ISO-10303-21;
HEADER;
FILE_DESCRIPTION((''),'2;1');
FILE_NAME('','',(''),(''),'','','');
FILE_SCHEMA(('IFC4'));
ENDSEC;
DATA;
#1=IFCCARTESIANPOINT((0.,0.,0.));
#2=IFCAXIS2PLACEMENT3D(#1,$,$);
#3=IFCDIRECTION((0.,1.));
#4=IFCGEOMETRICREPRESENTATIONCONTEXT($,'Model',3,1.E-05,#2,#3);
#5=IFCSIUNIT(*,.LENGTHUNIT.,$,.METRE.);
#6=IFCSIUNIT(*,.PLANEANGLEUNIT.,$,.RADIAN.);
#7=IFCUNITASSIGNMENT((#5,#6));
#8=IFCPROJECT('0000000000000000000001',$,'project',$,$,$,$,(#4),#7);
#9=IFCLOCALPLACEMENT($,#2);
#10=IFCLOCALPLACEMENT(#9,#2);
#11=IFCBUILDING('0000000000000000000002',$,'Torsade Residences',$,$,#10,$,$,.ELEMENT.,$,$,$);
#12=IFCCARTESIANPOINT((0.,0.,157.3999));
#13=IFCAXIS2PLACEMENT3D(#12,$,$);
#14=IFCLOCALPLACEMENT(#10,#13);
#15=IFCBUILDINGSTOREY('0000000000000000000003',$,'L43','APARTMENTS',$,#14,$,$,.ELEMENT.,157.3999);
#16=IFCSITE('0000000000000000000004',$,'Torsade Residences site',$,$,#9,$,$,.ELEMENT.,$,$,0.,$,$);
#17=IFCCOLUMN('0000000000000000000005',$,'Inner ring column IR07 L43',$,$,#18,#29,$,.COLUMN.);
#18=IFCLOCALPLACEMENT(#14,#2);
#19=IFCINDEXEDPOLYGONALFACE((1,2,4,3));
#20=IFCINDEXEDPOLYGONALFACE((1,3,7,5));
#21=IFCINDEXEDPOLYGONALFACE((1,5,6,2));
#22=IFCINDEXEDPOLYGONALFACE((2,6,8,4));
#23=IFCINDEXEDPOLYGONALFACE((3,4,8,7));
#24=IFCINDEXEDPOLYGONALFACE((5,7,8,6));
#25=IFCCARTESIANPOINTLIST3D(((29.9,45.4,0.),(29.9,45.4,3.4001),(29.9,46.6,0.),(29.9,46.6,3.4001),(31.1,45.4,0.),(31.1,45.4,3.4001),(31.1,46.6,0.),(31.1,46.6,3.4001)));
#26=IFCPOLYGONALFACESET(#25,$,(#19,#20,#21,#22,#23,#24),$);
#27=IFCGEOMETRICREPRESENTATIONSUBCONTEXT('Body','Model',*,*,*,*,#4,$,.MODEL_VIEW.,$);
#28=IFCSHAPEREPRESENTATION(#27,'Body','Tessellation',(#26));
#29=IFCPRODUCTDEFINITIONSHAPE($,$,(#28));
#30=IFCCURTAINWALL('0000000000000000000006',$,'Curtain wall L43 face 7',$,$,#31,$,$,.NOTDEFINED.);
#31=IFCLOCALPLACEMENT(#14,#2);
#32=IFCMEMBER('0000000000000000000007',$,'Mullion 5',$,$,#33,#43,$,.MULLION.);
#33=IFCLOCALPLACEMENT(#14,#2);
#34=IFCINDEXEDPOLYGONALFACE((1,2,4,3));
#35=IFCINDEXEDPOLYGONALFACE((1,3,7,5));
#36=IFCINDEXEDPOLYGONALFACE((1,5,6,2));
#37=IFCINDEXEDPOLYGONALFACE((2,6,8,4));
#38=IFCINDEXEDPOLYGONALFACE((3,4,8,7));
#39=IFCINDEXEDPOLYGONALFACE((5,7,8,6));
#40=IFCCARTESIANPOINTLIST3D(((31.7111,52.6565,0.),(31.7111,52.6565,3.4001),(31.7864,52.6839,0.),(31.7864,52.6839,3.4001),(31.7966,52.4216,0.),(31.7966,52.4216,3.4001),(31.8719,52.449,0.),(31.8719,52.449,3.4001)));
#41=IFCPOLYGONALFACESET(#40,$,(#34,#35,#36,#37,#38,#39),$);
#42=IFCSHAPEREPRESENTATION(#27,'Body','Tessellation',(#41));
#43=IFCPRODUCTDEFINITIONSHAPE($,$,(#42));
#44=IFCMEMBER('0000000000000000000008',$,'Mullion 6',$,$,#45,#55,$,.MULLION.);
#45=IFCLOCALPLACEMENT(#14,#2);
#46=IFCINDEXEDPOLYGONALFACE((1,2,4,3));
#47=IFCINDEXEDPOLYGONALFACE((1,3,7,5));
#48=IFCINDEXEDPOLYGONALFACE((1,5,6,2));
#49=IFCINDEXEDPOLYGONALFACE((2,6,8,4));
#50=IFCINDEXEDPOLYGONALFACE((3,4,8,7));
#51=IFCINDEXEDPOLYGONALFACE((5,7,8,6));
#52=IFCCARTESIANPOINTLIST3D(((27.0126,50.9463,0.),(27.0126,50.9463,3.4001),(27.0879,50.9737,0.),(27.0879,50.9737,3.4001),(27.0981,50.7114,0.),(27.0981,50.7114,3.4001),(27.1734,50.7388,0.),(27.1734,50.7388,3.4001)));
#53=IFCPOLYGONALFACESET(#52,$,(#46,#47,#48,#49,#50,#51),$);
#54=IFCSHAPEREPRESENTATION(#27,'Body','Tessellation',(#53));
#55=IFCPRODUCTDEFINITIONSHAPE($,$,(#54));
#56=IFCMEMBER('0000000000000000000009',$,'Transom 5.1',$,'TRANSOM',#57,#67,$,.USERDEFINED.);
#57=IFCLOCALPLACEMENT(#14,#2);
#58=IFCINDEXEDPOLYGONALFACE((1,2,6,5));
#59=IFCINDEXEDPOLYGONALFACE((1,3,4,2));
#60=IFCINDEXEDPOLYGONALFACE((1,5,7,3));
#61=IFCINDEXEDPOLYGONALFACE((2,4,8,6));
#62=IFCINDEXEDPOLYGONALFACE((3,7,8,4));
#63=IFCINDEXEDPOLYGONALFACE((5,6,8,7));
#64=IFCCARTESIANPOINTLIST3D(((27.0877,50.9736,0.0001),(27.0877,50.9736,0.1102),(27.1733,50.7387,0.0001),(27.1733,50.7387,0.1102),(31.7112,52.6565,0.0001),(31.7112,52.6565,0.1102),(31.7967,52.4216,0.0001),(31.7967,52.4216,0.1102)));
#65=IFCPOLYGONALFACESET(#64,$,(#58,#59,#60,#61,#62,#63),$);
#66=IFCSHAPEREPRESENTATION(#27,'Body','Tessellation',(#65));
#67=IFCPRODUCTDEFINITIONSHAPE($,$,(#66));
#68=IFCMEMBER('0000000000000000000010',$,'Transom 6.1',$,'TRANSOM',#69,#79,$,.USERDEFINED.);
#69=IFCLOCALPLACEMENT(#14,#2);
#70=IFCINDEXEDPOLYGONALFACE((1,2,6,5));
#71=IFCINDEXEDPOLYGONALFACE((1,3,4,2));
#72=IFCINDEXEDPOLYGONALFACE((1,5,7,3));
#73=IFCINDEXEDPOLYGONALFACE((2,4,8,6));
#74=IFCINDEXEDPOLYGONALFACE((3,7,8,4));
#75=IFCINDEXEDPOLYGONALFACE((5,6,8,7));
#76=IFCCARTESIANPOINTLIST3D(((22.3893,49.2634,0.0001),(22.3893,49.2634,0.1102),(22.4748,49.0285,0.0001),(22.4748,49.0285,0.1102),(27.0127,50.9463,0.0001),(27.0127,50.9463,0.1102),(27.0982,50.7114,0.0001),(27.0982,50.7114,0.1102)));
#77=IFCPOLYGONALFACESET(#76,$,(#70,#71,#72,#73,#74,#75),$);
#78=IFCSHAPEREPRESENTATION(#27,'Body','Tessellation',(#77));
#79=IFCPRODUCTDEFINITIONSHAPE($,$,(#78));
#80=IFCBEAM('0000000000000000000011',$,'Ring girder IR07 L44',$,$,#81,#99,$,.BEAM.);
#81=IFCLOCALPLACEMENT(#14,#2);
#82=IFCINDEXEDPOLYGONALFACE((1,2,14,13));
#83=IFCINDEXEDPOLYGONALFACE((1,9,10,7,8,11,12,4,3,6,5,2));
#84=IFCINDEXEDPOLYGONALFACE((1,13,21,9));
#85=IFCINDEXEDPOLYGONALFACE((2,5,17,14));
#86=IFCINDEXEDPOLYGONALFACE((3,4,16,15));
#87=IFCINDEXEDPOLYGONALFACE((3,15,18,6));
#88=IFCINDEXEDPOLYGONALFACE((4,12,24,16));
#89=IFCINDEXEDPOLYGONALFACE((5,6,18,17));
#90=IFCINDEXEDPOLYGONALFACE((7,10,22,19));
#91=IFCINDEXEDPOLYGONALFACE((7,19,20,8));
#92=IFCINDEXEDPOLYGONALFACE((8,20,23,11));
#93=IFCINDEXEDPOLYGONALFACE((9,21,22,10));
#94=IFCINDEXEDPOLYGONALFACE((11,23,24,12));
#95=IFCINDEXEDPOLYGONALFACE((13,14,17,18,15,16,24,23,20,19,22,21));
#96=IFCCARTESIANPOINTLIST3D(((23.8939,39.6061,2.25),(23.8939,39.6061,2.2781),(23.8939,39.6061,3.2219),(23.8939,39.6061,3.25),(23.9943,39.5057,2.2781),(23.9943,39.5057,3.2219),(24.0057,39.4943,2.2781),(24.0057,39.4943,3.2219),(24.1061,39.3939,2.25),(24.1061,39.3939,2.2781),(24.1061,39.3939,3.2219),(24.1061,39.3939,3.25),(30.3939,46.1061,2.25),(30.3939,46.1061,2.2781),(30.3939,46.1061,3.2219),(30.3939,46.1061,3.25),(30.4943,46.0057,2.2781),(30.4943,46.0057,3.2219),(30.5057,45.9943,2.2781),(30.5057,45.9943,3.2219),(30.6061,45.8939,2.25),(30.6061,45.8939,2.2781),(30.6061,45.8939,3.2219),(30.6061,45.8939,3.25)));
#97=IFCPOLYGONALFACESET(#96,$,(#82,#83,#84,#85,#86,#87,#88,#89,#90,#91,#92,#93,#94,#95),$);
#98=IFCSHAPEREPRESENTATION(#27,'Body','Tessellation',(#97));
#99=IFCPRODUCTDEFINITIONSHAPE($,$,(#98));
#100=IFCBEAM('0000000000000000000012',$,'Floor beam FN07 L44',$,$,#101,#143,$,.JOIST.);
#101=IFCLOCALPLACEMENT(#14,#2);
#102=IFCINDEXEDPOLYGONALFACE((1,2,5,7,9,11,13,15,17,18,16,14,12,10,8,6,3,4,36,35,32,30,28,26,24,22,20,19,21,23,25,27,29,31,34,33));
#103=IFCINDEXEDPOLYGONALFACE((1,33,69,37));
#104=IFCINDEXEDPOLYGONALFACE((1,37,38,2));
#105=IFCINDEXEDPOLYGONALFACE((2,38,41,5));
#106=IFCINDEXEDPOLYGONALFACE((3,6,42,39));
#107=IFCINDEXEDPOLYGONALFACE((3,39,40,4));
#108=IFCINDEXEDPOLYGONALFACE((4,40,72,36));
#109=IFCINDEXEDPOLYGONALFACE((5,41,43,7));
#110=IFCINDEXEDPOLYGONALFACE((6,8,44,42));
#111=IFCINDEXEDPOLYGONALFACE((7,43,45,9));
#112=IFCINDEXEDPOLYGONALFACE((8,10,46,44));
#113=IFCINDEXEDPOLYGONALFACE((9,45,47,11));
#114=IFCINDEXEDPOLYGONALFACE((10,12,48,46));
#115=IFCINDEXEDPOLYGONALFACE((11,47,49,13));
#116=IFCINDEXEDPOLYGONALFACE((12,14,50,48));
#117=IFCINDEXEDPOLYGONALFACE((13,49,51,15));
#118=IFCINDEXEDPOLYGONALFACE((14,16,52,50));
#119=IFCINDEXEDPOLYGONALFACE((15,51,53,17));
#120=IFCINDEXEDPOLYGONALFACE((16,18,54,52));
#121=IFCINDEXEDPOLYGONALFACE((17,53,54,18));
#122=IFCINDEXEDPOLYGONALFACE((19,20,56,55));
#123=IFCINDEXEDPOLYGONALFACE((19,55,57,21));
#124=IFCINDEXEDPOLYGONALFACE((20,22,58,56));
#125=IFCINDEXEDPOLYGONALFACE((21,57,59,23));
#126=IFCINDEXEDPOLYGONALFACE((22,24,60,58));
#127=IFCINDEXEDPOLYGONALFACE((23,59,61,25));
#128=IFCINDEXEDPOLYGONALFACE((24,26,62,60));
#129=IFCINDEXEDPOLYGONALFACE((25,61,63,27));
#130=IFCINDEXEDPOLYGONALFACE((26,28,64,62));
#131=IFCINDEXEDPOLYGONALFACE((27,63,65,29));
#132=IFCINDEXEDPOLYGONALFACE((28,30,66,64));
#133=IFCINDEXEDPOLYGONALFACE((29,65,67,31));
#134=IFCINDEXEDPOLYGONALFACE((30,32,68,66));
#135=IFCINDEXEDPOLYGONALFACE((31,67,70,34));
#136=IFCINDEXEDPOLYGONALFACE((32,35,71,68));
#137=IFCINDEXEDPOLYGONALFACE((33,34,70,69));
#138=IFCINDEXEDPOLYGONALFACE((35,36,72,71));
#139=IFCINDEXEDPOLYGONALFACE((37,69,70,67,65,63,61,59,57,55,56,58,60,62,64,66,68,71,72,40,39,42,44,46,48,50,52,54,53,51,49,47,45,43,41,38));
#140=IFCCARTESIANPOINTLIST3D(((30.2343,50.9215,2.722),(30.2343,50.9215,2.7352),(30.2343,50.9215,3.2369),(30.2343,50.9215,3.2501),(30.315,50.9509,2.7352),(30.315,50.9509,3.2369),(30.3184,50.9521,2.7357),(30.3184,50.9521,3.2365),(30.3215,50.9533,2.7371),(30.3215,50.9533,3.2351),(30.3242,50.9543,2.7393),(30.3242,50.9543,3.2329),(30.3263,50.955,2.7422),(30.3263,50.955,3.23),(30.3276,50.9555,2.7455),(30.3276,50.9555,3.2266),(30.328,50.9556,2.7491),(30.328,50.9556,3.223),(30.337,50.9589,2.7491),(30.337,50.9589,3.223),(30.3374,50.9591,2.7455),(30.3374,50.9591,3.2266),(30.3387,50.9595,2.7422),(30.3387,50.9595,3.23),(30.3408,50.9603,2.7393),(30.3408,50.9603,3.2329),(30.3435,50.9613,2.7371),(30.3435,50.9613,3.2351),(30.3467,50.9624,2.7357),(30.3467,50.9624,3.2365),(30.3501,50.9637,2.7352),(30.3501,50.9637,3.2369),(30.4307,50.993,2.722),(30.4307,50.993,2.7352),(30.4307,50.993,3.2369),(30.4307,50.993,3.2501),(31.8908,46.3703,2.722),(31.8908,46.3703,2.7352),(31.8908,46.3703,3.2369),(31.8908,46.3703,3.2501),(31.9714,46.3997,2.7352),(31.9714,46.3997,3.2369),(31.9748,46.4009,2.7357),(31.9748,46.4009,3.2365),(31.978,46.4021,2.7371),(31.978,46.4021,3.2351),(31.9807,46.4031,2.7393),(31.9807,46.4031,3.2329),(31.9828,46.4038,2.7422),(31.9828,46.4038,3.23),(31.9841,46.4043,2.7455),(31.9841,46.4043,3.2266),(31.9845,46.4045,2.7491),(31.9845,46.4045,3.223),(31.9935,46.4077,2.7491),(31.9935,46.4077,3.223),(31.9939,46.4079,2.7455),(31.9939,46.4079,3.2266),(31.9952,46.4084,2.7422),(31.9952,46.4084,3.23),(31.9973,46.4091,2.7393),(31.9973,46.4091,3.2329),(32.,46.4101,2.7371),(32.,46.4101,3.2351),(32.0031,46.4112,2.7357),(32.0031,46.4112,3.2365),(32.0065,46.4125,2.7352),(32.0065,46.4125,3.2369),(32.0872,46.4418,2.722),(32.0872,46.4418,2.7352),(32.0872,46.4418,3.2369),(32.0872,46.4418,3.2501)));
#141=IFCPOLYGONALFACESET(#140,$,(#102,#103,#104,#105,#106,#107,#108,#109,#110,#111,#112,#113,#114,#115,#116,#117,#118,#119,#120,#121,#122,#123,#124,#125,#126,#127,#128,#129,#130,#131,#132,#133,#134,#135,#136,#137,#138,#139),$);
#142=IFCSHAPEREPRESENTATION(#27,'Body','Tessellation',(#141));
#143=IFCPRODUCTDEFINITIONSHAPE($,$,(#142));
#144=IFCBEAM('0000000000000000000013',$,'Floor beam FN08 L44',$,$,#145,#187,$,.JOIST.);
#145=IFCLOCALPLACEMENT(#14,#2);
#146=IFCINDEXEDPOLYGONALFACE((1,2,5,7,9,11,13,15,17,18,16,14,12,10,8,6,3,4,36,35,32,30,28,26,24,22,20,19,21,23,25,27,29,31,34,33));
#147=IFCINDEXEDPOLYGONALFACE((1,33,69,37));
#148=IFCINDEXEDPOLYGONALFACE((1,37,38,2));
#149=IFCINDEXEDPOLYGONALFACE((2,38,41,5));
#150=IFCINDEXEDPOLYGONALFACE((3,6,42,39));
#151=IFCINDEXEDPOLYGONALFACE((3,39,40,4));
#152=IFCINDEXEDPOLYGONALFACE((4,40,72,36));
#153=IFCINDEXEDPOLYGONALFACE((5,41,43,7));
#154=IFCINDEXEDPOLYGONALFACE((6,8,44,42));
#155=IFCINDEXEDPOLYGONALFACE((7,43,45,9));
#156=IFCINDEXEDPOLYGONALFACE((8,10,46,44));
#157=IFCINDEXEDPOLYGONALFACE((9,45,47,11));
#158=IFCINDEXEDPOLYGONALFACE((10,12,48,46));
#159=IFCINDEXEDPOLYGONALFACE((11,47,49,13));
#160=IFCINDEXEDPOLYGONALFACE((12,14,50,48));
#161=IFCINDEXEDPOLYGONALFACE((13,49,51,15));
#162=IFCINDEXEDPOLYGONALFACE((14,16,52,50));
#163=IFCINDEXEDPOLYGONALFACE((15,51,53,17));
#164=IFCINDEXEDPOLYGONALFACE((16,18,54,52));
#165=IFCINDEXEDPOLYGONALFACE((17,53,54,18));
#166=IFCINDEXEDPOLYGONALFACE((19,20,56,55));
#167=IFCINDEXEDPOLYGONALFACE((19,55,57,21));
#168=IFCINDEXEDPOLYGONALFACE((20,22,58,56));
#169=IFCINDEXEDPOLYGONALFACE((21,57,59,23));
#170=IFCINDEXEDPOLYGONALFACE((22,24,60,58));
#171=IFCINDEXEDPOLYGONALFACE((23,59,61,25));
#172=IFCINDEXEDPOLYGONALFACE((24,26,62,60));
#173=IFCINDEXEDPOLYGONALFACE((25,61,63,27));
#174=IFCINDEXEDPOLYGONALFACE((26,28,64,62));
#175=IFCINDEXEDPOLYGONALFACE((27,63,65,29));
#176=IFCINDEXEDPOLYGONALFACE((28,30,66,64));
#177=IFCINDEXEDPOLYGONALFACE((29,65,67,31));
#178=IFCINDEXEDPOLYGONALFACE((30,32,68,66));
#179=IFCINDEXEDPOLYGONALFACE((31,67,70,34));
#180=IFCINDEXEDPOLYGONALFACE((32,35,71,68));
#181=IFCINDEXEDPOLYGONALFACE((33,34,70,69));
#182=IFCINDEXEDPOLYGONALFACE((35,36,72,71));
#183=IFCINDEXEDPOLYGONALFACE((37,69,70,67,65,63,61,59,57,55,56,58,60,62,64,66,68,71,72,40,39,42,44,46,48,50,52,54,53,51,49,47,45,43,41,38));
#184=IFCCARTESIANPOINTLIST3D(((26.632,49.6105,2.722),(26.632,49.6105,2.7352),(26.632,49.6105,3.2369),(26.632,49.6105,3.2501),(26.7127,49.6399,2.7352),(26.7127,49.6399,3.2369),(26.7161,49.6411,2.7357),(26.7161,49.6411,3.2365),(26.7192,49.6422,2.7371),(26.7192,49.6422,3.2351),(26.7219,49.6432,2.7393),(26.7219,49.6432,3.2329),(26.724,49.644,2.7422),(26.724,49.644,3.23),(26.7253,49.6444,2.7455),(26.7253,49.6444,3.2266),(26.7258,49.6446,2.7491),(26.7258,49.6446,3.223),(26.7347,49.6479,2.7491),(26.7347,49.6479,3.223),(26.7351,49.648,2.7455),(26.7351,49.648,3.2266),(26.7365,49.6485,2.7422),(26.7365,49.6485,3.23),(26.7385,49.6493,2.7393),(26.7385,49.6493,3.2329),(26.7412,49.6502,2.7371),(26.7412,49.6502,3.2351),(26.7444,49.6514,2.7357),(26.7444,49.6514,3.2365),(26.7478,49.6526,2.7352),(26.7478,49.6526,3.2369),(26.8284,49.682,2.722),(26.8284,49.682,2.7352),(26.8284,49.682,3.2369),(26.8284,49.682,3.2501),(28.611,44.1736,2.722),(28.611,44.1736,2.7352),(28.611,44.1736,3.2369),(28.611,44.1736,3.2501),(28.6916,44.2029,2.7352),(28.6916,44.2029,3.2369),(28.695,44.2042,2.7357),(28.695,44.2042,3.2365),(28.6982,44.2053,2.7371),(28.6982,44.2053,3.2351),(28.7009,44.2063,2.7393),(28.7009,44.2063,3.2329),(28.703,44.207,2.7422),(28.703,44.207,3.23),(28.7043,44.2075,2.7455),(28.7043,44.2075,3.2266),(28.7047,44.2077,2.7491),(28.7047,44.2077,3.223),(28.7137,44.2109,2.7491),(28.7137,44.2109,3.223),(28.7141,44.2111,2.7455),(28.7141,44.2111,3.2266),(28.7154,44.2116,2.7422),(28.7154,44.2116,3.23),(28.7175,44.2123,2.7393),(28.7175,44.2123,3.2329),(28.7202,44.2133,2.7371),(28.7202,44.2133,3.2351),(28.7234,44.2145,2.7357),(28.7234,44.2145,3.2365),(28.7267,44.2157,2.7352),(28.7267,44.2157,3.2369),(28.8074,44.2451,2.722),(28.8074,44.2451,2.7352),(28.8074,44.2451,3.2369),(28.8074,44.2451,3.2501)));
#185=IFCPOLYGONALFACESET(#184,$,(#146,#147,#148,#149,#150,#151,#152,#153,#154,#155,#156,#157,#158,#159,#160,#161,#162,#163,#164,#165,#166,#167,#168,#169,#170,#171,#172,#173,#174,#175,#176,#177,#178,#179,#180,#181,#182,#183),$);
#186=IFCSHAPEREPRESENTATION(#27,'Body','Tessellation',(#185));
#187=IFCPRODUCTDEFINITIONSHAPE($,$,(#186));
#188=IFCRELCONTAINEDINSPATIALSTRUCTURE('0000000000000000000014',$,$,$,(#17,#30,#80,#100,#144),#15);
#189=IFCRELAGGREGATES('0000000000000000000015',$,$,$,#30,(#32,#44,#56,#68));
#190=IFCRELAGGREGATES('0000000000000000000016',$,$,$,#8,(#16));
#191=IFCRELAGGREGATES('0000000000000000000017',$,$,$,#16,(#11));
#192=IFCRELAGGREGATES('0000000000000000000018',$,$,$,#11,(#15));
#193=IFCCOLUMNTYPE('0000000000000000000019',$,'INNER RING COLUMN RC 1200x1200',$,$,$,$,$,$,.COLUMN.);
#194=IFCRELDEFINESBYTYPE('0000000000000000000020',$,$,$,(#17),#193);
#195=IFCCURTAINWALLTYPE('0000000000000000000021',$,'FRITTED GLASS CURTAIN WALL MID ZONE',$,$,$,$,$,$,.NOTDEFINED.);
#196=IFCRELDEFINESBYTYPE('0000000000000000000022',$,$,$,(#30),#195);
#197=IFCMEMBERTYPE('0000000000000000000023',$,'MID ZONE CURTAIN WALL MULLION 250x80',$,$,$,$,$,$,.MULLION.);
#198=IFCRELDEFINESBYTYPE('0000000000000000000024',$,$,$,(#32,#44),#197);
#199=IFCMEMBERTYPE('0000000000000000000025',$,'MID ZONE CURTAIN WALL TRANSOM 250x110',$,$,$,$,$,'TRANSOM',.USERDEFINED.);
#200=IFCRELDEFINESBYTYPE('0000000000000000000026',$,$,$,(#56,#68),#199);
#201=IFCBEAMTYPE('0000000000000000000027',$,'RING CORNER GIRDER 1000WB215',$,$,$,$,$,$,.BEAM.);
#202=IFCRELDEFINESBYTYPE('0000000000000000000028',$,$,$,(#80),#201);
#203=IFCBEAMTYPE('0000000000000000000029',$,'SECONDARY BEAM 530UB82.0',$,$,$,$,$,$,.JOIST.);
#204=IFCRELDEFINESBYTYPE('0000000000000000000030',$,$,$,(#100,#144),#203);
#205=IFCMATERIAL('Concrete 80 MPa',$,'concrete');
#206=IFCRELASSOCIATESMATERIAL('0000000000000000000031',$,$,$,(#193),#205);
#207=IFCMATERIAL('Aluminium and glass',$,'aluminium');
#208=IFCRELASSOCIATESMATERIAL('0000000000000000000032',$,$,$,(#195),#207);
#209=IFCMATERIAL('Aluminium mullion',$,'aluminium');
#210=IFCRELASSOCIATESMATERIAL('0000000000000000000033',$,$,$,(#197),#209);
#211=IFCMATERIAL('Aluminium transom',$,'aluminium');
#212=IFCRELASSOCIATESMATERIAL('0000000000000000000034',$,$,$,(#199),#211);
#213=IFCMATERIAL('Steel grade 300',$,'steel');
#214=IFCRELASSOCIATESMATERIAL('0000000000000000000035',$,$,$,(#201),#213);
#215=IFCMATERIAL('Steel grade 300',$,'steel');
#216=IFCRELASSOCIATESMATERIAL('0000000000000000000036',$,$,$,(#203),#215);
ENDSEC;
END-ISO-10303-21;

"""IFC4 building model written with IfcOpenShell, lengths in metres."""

from ifc_helpers import new_model, si_unit, direction, frame, origin, origin_2d, place, context, subcontext, project, spatial, rectangle, i_section, extrude, material, material_profile, profile_set, type_object, element, aggregate, save


model = new_model("IFC4")

# Units and contexts
model_context = context("Model", 3, precision=1e-05, world=origin(), true_north=direction((0.0, 1.0)))
body_context = subcontext(model_context, "Body", "Model", "MODEL_VIEW")
ifc_project = project(units=[si_unit("LENGTHUNIT", "METRE"), si_unit("PLANEANGLEUNIT", "RADIAN")], contexts=[model_context])

# Site, building, storey
site_placement = place(None, origin())
site = spatial("IfcSite", under=ifc_project, at=site_placement, Name="Torsade Residences site", CompositionType="ELEMENT", RefElevation=0.0)
building_placement = place(site_placement, origin())
building = spatial("IfcBuilding", under=site, at=building_placement, Name="Torsade Residences", CompositionType="ELEMENT")
storey_placement = place(building_placement, frame((0.0, 0.0, 157.3999)))
storey = spatial("IfcBuildingStorey", under=building, at=storey_placement, Name="L43", Description="APARTMENTS", CompositionType="ELEMENT", Elevation=157.3999)

# Column
ifc_material_1 = material(Name="Concrete 80 MPa", Category="concrete")
ifc_material_profile_1 = material_profile(ifc_material_1, rectangle(XDim=1.2, YDim=1.2, at=origin_2d()), Name="RC 1200x1200")
ifc_profile_set_1 = profile_set([ifc_material_profile_1], Name="Concrete 80 MPa")
column_type = type_object("IfcColumnType", Name="INNER RING COLUMN RC 1200x1200", PredefinedType="COLUMN", material=ifc_profile_set_1)
column_placement = place(storey_placement, frame((30.5, 46.0, 0.0), z_axis=(0.0, 0.0, 1.0), x_axis=(1.0, 0.0, 0.0)))
element("IfcColumn", 1, at=column_placement, inside=storey, type_object=column_type, Name="Inner ring column IR07 L43", PredefinedType="COLUMN", context=body_context, shape_type="SweptSolid", body=[
    extrude(rectangle(XDim=1.2, YDim=1.2, at=origin_2d()), origin(), (0.0, 0.0, 1.0), 3.4001),
])

# Curtain wall, members
ifc_material_2 = material(Name="Aluminium and glass", Category="aluminium")
curtain_wall_type = type_object("IfcCurtainWallType", Name="FRITTED GLASS CURTAIN WALL MID ZONE", PredefinedType="NOTDEFINED", material=ifc_material_2)
curtain_wall_placement = place(storey_placement, origin())
curtain_wall = element("IfcCurtainWall", 2, at=curtain_wall_placement, inside=storey, type_object=curtain_wall_type, Name="Curtain wall L43 face 7", PredefinedType="NOTDEFINED")
ifc_material_3 = material(Name="Aluminium mullion", Category="aluminium")
ifc_material_profile_2 = material_profile(ifc_material_3, rectangle(XDim=0.25, YDim=0.0801, at=origin_2d()), Name="MID ZONE CURTAIN WALL MULLION 250x80")
ifc_profile_set_2 = profile_set([ifc_material_profile_2], Name="Aluminium mullion")
member_type_1 = type_object("IfcMemberType", Name="MID ZONE CURTAIN WALL MULLION 250x80", PredefinedType="MULLION", material=ifc_profile_set_2)
member_1_placement = place(storey_placement, frame((31.7915, 52.5527, 0.0), z_axis=(0.0, 0.0, 1.0), x_axis=(0.34202, -0.939693, 0.0)))
member_1 = element("IfcMember", 3, at=member_1_placement, type_object=member_type_1, Name="Mullion 5", PredefinedType="MULLION", context=body_context, shape_type="SweptSolid", body=[
    extrude(rectangle(XDim=0.25, YDim=0.0801, at=origin_2d()), origin(), (0.0, 0.0, 1.0), 3.4001),
])
member_2_placement = place(storey_placement, frame((27.093, 50.8425, 0.0), z_axis=(0.0, 0.0, 1.0), x_axis=(0.34202, -0.939693, 0.0)))
member_2 = element("IfcMember", 4, at=member_2_placement, type_object=member_type_1, Name="Mullion 6", PredefinedType="MULLION", context=body_context, shape_type="SweptSolid", body=[
    extrude(rectangle(XDim=0.25, YDim=0.0801, at=origin_2d()), origin(), (0.0, 0.0, 1.0), 3.4001),
])
ifc_material_4 = material(Name="Aluminium transom", Category="aluminium")
ifc_material_profile_3 = material_profile(ifc_material_4, rectangle(XDim=0.25, YDim=0.1101, at=origin_2d()), Name="MID ZONE CURTAIN WALL TRANSOM 250x110")
ifc_profile_set_3 = profile_set([ifc_material_profile_3], Name="Aluminium transom")
member_type_2 = type_object("IfcMemberType", Name="MID ZONE CURTAIN WALL TRANSOM 250x110", ElementType="TRANSOM", PredefinedType="USERDEFINED", material=ifc_profile_set_3)
member_3_placement = place(storey_placement, frame((31.7539, 52.5391, 0.0552), z_axis=(-0.939685, -0.342042, 0.0), x_axis=(0.342042, -0.939685, 0.0)))
member_3 = element("IfcMember", 5, at=member_3_placement, type_object=member_type_2, Name="Transom 5.1", ObjectType="TRANSOM", PredefinedType="USERDEFINED", context=body_context, shape_type="SweptSolid", body=[
    extrude(rectangle(XDim=0.25, YDim=0.1101, at=origin_2d()), origin(), (0.0, 0.0, 1.0), 4.9202),
])
member_4_placement = place(storey_placement, frame((27.0554, 50.8289, 0.0552), z_axis=(-0.939685, -0.342042, 0.0), x_axis=(0.342042, -0.939685, 0.0)))
member_4 = element("IfcMember", 6, at=member_4_placement, type_object=member_type_2, Name="Transom 6.1", ObjectType="TRANSOM", PredefinedType="USERDEFINED", context=body_context, shape_type="SweptSolid", body=[
    extrude(rectangle(XDim=0.25, YDim=0.1101, at=origin_2d()), origin(), (0.0, 0.0, 1.0), 4.9202),
])

# Beams
ifc_material_5 = material(Name="Steel grade 300", Category="steel")
ifc_material_profile_4 = material_profile(ifc_material_5, i_section(OverallWidth=0.3, OverallDepth=1.0, WebThickness=0.0161, FlangeThickness=0.0281, at=origin_2d()), Name="1000WB215")
ifc_profile_set_4 = profile_set([ifc_material_profile_4], Name="Steel grade 300")
beam_type_1 = type_object("IfcBeamType", Name="RING CORNER GIRDER 1000WB215", PredefinedType="BEAM", material=ifc_profile_set_4)
beam_1_placement = place(storey_placement, frame((30.5, 46.0, 2.75), z_axis=(-0.707107, -0.707107, 0.0), x_axis=(0.707107, -0.707107, 0.0)))
element("IfcBeam", 7, at=beam_1_placement, inside=storey, type_object=beam_type_1, Name="Ring girder IR07 L44", PredefinedType="BEAM", context=body_context, shape_type="SweptSolid", body=[
    extrude(i_section(OverallWidth=0.3, OverallDepth=1.0, WebThickness=0.0161, FlangeThickness=0.0281, at=origin_2d()), origin(), (0.0, 0.0, 1.0), 9.1924),
])
ifc_material_6 = material(Name="Steel grade 300", Category="steel")
ifc_material_profile_5 = material_profile(ifc_material_6, i_section(OverallWidth=0.209, OverallDepth=0.5281, WebThickness=0.0095, FlangeThickness=0.0132, FilletRadius=0.0139, at=origin_2d()), Name="530UB82.0")
ifc_profile_set_5 = profile_set([ifc_material_profile_5], Name="Steel grade 300")
beam_type_2 = type_object("IfcBeamType", Name="SECONDARY BEAM 530UB82.0", PredefinedType="JOIST", material=ifc_profile_set_5)
beam_2_placement = place(storey_placement, frame((30.3325, 50.9573, 2.9861), z_axis=(0.342014, -0.939695, 0.0), x_axis=(0.939695, 0.342014, 0.0)))
element("IfcBeam", 8, at=beam_2_placement, inside=storey, type_object=beam_type_2, Name="Floor beam FN07 L44", PredefinedType="JOIST", context=body_context, shape_type="SweptSolid", body=[
    extrude(i_section(OverallWidth=0.209, OverallDepth=0.5281, WebThickness=0.0095, FlangeThickness=0.0132, FilletRadius=0.0139, at=origin_2d()), origin(), (0.0, 0.0, 1.0), 4.8433),
])
beam_3_placement = place(storey_placement, frame((26.7302, 49.6462, 2.9861), z_axis=(0.342034, -0.939687, 0.0), x_axis=(0.939687, 0.342034, 0.0)))
element("IfcBeam", 9, at=beam_3_placement, inside=storey, type_object=beam_type_2, Name="Floor beam FN08 L44", PredefinedType="JOIST", context=body_context, shape_type="SweptSolid", body=[
    extrude(i_section(OverallWidth=0.209, OverallDepth=0.5281, WebThickness=0.0095, FlangeThickness=0.0132, FilletRadius=0.0139, at=origin_2d()), origin(), (0.0, 0.0, 1.0), 5.7859),
])

aggregate(curtain_wall, [member_1, member_2, member_3, member_4])

save(model, "model.ifc")
